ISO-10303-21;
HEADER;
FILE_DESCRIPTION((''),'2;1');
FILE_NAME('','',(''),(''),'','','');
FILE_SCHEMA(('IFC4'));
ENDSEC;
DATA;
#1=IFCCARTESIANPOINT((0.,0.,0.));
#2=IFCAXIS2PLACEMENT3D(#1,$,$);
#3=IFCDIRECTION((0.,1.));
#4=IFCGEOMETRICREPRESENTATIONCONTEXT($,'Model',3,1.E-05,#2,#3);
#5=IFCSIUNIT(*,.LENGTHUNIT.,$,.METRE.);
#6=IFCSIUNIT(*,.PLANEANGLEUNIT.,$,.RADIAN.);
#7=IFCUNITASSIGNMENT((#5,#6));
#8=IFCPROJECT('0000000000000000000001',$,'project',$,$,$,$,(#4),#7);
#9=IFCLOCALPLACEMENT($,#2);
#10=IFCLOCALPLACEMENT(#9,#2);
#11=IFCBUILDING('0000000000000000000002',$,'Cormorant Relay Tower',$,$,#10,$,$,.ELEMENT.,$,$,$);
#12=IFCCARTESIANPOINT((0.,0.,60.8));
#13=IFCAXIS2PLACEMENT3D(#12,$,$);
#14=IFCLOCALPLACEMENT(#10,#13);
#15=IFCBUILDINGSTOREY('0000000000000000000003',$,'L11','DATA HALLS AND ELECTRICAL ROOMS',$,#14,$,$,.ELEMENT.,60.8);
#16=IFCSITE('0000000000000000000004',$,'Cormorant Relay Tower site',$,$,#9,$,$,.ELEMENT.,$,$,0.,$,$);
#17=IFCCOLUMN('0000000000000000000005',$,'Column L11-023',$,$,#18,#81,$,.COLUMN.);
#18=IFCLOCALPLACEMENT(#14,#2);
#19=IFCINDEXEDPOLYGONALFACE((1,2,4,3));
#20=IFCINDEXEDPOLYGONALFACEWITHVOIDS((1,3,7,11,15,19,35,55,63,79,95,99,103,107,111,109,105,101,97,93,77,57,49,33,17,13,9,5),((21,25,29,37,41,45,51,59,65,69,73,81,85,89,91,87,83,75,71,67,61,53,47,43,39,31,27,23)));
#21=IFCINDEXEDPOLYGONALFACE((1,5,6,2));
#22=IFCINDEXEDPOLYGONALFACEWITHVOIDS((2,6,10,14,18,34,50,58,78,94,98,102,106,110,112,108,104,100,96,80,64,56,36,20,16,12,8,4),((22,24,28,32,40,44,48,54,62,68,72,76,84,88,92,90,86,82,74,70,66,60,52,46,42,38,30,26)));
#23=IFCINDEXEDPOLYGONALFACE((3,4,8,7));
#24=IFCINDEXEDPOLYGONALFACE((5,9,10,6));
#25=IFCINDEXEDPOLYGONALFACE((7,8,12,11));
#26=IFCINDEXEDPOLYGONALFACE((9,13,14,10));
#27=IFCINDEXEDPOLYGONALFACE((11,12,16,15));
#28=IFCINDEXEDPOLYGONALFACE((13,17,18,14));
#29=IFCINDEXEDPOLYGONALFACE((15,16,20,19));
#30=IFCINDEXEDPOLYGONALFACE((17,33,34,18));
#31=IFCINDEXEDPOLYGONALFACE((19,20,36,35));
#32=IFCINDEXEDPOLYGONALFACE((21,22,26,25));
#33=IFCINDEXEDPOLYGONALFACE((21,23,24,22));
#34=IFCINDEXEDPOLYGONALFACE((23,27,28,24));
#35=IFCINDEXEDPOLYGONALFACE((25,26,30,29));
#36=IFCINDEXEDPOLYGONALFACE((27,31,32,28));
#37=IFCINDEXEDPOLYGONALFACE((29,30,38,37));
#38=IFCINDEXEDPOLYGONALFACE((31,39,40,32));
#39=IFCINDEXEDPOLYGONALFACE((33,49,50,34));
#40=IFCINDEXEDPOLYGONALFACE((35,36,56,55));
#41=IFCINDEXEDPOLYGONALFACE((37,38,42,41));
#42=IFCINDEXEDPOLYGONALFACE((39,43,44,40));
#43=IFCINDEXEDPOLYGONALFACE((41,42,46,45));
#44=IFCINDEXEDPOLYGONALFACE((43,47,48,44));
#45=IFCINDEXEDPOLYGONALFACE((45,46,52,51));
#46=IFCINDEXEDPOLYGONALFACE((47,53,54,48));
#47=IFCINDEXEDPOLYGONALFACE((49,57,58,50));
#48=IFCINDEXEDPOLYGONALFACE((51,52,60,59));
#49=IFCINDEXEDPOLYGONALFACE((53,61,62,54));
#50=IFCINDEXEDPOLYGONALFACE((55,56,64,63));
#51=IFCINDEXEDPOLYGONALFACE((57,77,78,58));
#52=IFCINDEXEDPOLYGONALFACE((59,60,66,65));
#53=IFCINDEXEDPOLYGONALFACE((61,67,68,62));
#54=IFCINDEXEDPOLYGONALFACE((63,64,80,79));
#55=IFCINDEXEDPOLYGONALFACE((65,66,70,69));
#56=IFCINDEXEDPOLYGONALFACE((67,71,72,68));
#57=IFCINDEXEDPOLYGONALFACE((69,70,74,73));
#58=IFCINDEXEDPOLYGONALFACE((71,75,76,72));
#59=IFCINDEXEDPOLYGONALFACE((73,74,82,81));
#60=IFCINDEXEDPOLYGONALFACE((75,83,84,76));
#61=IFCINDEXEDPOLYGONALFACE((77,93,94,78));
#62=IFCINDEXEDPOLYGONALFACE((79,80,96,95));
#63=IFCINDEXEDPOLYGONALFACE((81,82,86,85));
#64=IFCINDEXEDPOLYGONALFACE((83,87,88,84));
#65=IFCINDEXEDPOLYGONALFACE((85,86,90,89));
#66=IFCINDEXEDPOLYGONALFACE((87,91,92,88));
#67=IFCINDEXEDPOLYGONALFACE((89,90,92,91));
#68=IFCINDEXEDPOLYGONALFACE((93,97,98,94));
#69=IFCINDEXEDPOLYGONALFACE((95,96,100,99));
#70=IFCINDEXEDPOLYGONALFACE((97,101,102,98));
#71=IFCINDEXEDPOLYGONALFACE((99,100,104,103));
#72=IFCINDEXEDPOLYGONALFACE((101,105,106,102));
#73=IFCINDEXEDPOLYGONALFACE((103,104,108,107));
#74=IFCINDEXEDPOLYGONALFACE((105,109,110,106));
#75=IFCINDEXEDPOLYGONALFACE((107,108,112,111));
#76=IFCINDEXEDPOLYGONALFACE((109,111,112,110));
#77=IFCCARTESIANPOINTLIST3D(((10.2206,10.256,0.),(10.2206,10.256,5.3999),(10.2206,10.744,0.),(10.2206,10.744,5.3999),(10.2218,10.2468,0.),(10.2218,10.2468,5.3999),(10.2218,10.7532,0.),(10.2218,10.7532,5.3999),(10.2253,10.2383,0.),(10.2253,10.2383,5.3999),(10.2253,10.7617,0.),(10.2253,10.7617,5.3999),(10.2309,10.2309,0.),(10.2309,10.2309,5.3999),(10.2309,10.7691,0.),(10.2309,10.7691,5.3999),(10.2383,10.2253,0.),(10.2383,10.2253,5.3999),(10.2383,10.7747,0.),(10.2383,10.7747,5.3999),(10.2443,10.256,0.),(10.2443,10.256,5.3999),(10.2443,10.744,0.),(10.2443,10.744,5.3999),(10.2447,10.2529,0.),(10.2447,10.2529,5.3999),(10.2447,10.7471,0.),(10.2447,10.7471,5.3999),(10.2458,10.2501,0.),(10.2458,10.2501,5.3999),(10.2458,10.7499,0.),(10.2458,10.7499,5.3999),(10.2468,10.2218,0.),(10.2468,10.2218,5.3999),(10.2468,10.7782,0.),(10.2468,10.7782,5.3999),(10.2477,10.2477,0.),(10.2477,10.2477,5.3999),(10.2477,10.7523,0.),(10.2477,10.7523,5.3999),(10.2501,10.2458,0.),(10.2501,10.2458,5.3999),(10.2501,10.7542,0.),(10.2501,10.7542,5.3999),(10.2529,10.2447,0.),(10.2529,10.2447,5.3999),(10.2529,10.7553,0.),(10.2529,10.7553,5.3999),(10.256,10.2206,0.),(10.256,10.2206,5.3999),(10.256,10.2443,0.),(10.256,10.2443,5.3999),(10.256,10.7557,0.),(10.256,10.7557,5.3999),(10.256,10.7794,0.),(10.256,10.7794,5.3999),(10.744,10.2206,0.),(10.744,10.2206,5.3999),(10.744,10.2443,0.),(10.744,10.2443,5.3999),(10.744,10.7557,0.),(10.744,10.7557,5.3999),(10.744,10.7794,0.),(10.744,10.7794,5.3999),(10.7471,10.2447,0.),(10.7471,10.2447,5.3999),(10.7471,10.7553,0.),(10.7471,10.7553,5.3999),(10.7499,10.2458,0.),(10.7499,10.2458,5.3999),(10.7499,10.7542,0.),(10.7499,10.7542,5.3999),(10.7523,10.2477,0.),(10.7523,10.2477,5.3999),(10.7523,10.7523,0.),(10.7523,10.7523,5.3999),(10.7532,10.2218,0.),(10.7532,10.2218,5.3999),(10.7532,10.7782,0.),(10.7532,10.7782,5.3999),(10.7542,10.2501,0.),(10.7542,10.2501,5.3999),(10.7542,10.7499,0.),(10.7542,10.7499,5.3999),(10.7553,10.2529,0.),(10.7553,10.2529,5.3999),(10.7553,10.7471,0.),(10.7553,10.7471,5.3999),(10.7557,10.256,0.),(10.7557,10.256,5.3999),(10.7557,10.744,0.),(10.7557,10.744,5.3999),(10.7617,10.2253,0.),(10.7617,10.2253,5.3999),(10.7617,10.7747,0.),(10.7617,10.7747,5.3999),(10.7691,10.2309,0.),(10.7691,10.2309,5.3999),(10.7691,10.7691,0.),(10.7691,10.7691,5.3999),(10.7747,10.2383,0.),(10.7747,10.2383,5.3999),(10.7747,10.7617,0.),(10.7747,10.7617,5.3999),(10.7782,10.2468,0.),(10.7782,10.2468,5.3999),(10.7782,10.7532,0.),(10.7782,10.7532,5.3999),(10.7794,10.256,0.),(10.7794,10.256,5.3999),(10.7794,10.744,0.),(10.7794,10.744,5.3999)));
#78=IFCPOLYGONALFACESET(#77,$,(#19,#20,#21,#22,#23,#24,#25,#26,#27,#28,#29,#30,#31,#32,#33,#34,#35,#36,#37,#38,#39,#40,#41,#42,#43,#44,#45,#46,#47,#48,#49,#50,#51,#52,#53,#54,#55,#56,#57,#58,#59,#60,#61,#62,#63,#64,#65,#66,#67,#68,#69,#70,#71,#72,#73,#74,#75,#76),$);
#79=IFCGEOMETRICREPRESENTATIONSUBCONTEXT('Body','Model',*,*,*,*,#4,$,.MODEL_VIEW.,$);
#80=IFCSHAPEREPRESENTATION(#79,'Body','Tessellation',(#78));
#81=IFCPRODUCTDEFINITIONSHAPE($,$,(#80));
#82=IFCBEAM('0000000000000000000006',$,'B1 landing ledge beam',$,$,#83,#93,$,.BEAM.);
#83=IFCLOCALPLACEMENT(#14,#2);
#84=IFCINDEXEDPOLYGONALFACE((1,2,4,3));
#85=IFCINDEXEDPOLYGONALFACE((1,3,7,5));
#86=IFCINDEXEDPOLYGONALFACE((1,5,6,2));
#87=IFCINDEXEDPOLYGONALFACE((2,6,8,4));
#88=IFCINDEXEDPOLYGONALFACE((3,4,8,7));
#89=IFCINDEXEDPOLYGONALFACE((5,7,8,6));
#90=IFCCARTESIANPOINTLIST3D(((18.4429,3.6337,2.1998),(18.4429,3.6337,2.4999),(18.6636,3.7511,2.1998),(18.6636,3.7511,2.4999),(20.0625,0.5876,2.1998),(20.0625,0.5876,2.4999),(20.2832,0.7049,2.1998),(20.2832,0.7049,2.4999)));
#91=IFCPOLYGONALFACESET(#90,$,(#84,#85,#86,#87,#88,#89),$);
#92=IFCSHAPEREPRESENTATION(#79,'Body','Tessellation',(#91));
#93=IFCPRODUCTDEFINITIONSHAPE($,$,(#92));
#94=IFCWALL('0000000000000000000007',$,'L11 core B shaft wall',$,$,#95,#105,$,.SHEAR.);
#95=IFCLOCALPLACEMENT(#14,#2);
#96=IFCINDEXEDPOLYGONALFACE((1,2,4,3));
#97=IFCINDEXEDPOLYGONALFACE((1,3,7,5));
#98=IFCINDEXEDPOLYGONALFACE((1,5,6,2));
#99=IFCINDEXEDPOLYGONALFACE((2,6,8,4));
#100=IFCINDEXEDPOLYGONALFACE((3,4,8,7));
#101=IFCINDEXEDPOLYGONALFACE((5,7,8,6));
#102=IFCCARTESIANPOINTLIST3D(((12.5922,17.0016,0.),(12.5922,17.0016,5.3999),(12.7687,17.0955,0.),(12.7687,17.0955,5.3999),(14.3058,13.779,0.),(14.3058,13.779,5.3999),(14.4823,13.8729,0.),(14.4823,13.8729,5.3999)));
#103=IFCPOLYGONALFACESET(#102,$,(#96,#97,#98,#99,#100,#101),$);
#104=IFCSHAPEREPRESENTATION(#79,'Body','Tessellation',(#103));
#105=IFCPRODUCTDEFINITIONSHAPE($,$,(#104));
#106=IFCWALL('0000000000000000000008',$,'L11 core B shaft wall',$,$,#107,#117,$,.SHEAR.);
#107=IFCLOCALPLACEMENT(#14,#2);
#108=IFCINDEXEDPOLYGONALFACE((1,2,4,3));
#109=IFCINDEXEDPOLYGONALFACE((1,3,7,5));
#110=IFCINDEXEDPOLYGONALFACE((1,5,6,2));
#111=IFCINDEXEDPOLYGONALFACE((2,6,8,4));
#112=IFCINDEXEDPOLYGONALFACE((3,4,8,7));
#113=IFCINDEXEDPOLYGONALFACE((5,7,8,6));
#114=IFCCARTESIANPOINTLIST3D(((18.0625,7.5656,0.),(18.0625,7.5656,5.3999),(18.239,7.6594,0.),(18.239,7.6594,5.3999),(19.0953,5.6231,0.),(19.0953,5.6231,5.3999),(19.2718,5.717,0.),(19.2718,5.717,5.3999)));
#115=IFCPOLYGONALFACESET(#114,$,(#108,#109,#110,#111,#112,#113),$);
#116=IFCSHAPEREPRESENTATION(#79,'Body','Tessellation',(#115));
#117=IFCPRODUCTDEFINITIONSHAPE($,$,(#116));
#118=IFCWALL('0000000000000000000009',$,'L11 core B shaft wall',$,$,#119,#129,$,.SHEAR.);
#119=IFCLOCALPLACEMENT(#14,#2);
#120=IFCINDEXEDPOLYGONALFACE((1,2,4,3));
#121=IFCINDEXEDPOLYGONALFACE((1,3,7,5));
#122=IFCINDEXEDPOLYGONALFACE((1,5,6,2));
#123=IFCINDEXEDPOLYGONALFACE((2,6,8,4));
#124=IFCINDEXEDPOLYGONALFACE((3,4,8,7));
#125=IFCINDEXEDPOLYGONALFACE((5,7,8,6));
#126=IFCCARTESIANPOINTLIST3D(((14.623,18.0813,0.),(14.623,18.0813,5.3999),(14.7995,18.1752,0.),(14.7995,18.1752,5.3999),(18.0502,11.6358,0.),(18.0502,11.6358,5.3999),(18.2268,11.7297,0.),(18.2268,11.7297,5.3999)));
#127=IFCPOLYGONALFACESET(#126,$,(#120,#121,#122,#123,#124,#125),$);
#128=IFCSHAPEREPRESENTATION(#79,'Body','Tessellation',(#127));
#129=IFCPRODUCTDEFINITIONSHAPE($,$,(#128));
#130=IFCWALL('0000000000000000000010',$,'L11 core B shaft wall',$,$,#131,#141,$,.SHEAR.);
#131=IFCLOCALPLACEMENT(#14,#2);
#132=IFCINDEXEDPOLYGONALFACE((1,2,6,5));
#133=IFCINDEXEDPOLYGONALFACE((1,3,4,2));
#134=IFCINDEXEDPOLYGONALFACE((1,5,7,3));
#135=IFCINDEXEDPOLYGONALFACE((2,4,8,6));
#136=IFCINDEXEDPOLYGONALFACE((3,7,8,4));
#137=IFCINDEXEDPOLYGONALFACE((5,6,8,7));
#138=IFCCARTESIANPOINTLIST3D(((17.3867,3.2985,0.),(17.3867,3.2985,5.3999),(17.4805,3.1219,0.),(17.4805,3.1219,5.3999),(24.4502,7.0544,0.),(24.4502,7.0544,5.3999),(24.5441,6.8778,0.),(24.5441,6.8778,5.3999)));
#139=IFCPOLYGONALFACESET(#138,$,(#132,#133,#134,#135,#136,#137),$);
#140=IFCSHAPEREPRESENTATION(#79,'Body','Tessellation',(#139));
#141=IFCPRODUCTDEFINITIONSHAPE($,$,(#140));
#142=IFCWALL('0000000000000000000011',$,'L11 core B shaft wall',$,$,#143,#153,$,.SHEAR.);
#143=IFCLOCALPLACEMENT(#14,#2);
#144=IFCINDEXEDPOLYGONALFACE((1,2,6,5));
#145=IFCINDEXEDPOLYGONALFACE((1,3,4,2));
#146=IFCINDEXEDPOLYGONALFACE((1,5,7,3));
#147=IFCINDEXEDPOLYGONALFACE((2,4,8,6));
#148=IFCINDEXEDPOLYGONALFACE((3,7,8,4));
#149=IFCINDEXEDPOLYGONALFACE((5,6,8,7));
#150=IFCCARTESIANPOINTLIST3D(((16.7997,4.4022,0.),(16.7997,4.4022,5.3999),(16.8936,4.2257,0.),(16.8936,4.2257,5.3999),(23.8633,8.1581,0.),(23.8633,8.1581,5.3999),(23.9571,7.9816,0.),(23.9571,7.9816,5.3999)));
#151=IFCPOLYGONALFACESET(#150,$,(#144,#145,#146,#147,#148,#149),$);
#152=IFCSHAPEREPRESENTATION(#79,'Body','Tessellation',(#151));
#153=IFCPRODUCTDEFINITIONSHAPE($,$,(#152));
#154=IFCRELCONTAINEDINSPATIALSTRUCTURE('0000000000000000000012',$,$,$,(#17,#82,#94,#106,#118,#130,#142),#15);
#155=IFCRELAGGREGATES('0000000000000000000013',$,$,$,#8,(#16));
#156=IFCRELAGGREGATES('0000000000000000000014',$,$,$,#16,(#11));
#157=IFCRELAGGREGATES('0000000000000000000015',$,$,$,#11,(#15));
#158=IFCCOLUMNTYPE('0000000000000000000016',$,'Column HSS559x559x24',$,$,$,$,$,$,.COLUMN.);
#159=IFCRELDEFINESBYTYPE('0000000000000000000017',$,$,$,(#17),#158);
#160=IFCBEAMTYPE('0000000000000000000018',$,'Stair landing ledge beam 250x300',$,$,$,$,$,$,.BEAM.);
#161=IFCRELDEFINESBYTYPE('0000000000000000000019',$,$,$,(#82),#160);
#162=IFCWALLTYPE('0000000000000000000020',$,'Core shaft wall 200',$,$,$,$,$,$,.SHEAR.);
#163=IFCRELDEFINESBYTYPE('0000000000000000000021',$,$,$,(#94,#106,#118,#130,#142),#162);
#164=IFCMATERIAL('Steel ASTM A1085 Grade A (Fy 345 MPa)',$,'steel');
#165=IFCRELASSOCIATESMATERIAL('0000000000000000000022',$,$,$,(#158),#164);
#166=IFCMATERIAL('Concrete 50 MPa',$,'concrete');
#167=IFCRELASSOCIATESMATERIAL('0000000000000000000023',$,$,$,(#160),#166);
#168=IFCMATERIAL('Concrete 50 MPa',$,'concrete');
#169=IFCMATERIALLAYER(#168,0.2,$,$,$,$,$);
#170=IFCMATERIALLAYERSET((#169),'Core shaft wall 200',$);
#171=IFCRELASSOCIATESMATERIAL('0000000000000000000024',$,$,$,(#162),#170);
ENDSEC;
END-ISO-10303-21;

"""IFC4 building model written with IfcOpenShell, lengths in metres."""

from ifc_helpers import new_model, si_unit, direction, frame, frame_2d, origin, origin_2d, place, context, subcontext, project, spatial, rectangle, hollow_rectangle, extrude, material, layer, layer_set, material_profile, profile_set, type_object, element, save


model = new_model("IFC4")

# Units and contexts
model_context = context("Model", 3, precision=1e-05, world=origin(), true_north=direction((0.0, 1.0)))
body_context = subcontext(model_context, "Body", "Model", "MODEL_VIEW")
ifc_project = project(units=[si_unit("LENGTHUNIT", "METRE"), si_unit("PLANEANGLEUNIT", "RADIAN")], contexts=[model_context])

# Site, building, storey
site_placement = place(None, origin())
site = spatial("IfcSite", under=ifc_project, at=site_placement, Name="Cormorant Relay Tower site", CompositionType="ELEMENT", RefElevation=0.0)
building_placement = place(site_placement, origin())
building = spatial("IfcBuilding", under=site, at=building_placement, Name="Cormorant Relay Tower", CompositionType="ELEMENT")
storey_placement = place(building_placement, frame((0.0, 0.0, 60.8)))
storey = spatial("IfcBuildingStorey", under=building, at=storey_placement, Name="L11", Description="DATA HALLS AND ELECTRICAL ROOMS", CompositionType="ELEMENT", Elevation=60.8)

# Column
ifc_material_1 = material(Name="Steel ASTM A1085 Grade A (Fy 345 MPa)", Category="steel")
ifc_material_profile_1 = material_profile(ifc_material_1, hollow_rectangle(XDim=0.5588, YDim=0.5588, WallThickness=0.0237, InnerFilletRadius=0.0117, OuterFilletRadius=0.0354, at=origin_2d()), Name="HSS559x559x24")
ifc_profile_set_1 = profile_set([ifc_material_profile_1], Name="Steel ASTM A1085 Grade A (Fy 345 MPa)")
column_type = type_object("IfcColumnType", Name="Column HSS559x559x24", PredefinedType="COLUMN", material=ifc_profile_set_1)
column_placement = place(storey_placement, frame((10.5, 10.5, 0.0), z_axis=(0.0, 0.0, 1.0), x_axis=(1.0, 0.0, 0.0)))
element("IfcColumn", 1, at=column_placement, inside=storey, type_object=column_type, Name="Column L11-023", PredefinedType="COLUMN", context=body_context, shape_type="SweptSolid", body=[
    extrude(hollow_rectangle(XDim=0.5588, YDim=0.5588, WallThickness=0.0237, InnerFilletRadius=0.0117, OuterFilletRadius=0.0354, at=origin_2d()), origin(), (0.0, 0.0, 1.0), 5.3999),
])

# Beam
ifc_material_2 = material(Name="Concrete 50 MPa", Category="concrete")
ifc_material_profile_2 = material_profile(ifc_material_2, rectangle(XDim=0.25, YDim=0.3, at=origin_2d()), Name="RC 250x300")
ifc_profile_set_2 = profile_set([ifc_material_profile_2], Name="Concrete 50 MPa")
beam_type = type_object("IfcBeamType", Name="Stair landing ledge beam 250x300", PredefinedType="BEAM", material=ifc_profile_set_2)
beam_placement = place(storey_placement, frame((18.5532, 3.6924, 2.3499), z_axis=(0.469464, -0.882952, 0.0), x_axis=(0.882952, 0.469464, 0.0)))
element("IfcBeam", 2, at=beam_placement, inside=storey, type_object=beam_type, Name="B1 landing ledge beam", PredefinedType="BEAM", context=body_context, shape_type="SweptSolid", body=[
    extrude(rectangle(XDim=0.25, YDim=0.3, at=origin_2d()), origin(), (0.0, 0.0, 1.0), 3.45),
])

# Walls
ifc_material_3 = material(Name="Concrete 50 MPa", Category="concrete")
ifc_layer_1 = layer(ifc_material_3, 0.2)
ifc_layer_set_1 = layer_set([ifc_layer_1], Name="Core shaft wall 200")
wall_type_1 = type_object("IfcWallType", Name="Core shaft wall 200", PredefinedType="SHEAR", material=ifc_layer_set_1)
wall_1_placement = place(storey_placement, frame((14.394, 13.8259, 0.0), z_axis=(0.0, 0.0, 1.0), x_axis=(-0.469494, 0.882936, 0.0)))
element("IfcWall", 3, at=wall_1_placement, inside=storey, type_object=wall_type_1, Name="L11 core B shaft wall", PredefinedType="SHEAR", context=body_context, shape_type="SweptSolid", body=[
    extrude(rectangle(XDim=3.6499, YDim=0.2, at=frame_2d((1.825, 0.0))), origin(), (0.0, 0.0, 1.0), 5.3999),
])
wall_2_placement = place(storey_placement, frame((19.1836, 5.6699, 0.0), z_axis=(0.0, 0.0, 1.0), x_axis=(-0.469447, 0.88296, 0.0)))
element("IfcWall", 4, at=wall_2_placement, inside=storey, type_object=wall_type_1, Name="L11 core B shaft wall", PredefinedType="SHEAR", context=body_context, shape_type="SweptSolid", body=[
    extrude(rectangle(XDim=2.2, YDim=0.2, at=frame_2d((1.1001, 0.0))), origin(), (0.0, 0.0, 1.0), 5.3999),
])
wall_3_placement = place(storey_placement, frame((18.1384, 11.6829, 0.0), z_axis=(0.0, 0.0, 1.0), x_axis=(-0.46948, 0.882943, 0.0)))
element("IfcWall", 5, at=wall_3_placement, inside=storey, type_object=wall_type_1, Name="L11 core B shaft wall", PredefinedType="SHEAR", context=body_context, shape_type="SweptSolid", body=[
    extrude(rectangle(XDim=7.3, YDim=0.2, at=frame_2d((3.6499, 0.0))), origin(), (0.0, 0.0, 1.0), 5.3999),
])
for number, where, z_axis, x_axis, name in (
    (6, (17.4336, 3.2102, 0.0), (0.0, 0.0, 1.0), (0.88294, 0.469485, 0.0), "L11 core B shaft wall"),
    (7, (16.8467, 4.314, 0.0), (0.0, 0.0, 1.0), (0.88294, 0.469485, 0.0), "L11 core B shaft wall"),
):
    element("IfcWall", number, at=place(storey_placement, frame(where, z_axis=z_axis, x_axis=x_axis)), inside=storey, type_object=wall_type_1, Name=name, PredefinedType="SHEAR", context=body_context, shape_type="SweptSolid", body=[
        extrude(rectangle(XDim=8.0, YDim=0.2, at=frame_2d((4.0, 0.0))), origin(), (0.0, 0.0, 1.0), 5.3999),
    ])

save(model, "model.ifc")
